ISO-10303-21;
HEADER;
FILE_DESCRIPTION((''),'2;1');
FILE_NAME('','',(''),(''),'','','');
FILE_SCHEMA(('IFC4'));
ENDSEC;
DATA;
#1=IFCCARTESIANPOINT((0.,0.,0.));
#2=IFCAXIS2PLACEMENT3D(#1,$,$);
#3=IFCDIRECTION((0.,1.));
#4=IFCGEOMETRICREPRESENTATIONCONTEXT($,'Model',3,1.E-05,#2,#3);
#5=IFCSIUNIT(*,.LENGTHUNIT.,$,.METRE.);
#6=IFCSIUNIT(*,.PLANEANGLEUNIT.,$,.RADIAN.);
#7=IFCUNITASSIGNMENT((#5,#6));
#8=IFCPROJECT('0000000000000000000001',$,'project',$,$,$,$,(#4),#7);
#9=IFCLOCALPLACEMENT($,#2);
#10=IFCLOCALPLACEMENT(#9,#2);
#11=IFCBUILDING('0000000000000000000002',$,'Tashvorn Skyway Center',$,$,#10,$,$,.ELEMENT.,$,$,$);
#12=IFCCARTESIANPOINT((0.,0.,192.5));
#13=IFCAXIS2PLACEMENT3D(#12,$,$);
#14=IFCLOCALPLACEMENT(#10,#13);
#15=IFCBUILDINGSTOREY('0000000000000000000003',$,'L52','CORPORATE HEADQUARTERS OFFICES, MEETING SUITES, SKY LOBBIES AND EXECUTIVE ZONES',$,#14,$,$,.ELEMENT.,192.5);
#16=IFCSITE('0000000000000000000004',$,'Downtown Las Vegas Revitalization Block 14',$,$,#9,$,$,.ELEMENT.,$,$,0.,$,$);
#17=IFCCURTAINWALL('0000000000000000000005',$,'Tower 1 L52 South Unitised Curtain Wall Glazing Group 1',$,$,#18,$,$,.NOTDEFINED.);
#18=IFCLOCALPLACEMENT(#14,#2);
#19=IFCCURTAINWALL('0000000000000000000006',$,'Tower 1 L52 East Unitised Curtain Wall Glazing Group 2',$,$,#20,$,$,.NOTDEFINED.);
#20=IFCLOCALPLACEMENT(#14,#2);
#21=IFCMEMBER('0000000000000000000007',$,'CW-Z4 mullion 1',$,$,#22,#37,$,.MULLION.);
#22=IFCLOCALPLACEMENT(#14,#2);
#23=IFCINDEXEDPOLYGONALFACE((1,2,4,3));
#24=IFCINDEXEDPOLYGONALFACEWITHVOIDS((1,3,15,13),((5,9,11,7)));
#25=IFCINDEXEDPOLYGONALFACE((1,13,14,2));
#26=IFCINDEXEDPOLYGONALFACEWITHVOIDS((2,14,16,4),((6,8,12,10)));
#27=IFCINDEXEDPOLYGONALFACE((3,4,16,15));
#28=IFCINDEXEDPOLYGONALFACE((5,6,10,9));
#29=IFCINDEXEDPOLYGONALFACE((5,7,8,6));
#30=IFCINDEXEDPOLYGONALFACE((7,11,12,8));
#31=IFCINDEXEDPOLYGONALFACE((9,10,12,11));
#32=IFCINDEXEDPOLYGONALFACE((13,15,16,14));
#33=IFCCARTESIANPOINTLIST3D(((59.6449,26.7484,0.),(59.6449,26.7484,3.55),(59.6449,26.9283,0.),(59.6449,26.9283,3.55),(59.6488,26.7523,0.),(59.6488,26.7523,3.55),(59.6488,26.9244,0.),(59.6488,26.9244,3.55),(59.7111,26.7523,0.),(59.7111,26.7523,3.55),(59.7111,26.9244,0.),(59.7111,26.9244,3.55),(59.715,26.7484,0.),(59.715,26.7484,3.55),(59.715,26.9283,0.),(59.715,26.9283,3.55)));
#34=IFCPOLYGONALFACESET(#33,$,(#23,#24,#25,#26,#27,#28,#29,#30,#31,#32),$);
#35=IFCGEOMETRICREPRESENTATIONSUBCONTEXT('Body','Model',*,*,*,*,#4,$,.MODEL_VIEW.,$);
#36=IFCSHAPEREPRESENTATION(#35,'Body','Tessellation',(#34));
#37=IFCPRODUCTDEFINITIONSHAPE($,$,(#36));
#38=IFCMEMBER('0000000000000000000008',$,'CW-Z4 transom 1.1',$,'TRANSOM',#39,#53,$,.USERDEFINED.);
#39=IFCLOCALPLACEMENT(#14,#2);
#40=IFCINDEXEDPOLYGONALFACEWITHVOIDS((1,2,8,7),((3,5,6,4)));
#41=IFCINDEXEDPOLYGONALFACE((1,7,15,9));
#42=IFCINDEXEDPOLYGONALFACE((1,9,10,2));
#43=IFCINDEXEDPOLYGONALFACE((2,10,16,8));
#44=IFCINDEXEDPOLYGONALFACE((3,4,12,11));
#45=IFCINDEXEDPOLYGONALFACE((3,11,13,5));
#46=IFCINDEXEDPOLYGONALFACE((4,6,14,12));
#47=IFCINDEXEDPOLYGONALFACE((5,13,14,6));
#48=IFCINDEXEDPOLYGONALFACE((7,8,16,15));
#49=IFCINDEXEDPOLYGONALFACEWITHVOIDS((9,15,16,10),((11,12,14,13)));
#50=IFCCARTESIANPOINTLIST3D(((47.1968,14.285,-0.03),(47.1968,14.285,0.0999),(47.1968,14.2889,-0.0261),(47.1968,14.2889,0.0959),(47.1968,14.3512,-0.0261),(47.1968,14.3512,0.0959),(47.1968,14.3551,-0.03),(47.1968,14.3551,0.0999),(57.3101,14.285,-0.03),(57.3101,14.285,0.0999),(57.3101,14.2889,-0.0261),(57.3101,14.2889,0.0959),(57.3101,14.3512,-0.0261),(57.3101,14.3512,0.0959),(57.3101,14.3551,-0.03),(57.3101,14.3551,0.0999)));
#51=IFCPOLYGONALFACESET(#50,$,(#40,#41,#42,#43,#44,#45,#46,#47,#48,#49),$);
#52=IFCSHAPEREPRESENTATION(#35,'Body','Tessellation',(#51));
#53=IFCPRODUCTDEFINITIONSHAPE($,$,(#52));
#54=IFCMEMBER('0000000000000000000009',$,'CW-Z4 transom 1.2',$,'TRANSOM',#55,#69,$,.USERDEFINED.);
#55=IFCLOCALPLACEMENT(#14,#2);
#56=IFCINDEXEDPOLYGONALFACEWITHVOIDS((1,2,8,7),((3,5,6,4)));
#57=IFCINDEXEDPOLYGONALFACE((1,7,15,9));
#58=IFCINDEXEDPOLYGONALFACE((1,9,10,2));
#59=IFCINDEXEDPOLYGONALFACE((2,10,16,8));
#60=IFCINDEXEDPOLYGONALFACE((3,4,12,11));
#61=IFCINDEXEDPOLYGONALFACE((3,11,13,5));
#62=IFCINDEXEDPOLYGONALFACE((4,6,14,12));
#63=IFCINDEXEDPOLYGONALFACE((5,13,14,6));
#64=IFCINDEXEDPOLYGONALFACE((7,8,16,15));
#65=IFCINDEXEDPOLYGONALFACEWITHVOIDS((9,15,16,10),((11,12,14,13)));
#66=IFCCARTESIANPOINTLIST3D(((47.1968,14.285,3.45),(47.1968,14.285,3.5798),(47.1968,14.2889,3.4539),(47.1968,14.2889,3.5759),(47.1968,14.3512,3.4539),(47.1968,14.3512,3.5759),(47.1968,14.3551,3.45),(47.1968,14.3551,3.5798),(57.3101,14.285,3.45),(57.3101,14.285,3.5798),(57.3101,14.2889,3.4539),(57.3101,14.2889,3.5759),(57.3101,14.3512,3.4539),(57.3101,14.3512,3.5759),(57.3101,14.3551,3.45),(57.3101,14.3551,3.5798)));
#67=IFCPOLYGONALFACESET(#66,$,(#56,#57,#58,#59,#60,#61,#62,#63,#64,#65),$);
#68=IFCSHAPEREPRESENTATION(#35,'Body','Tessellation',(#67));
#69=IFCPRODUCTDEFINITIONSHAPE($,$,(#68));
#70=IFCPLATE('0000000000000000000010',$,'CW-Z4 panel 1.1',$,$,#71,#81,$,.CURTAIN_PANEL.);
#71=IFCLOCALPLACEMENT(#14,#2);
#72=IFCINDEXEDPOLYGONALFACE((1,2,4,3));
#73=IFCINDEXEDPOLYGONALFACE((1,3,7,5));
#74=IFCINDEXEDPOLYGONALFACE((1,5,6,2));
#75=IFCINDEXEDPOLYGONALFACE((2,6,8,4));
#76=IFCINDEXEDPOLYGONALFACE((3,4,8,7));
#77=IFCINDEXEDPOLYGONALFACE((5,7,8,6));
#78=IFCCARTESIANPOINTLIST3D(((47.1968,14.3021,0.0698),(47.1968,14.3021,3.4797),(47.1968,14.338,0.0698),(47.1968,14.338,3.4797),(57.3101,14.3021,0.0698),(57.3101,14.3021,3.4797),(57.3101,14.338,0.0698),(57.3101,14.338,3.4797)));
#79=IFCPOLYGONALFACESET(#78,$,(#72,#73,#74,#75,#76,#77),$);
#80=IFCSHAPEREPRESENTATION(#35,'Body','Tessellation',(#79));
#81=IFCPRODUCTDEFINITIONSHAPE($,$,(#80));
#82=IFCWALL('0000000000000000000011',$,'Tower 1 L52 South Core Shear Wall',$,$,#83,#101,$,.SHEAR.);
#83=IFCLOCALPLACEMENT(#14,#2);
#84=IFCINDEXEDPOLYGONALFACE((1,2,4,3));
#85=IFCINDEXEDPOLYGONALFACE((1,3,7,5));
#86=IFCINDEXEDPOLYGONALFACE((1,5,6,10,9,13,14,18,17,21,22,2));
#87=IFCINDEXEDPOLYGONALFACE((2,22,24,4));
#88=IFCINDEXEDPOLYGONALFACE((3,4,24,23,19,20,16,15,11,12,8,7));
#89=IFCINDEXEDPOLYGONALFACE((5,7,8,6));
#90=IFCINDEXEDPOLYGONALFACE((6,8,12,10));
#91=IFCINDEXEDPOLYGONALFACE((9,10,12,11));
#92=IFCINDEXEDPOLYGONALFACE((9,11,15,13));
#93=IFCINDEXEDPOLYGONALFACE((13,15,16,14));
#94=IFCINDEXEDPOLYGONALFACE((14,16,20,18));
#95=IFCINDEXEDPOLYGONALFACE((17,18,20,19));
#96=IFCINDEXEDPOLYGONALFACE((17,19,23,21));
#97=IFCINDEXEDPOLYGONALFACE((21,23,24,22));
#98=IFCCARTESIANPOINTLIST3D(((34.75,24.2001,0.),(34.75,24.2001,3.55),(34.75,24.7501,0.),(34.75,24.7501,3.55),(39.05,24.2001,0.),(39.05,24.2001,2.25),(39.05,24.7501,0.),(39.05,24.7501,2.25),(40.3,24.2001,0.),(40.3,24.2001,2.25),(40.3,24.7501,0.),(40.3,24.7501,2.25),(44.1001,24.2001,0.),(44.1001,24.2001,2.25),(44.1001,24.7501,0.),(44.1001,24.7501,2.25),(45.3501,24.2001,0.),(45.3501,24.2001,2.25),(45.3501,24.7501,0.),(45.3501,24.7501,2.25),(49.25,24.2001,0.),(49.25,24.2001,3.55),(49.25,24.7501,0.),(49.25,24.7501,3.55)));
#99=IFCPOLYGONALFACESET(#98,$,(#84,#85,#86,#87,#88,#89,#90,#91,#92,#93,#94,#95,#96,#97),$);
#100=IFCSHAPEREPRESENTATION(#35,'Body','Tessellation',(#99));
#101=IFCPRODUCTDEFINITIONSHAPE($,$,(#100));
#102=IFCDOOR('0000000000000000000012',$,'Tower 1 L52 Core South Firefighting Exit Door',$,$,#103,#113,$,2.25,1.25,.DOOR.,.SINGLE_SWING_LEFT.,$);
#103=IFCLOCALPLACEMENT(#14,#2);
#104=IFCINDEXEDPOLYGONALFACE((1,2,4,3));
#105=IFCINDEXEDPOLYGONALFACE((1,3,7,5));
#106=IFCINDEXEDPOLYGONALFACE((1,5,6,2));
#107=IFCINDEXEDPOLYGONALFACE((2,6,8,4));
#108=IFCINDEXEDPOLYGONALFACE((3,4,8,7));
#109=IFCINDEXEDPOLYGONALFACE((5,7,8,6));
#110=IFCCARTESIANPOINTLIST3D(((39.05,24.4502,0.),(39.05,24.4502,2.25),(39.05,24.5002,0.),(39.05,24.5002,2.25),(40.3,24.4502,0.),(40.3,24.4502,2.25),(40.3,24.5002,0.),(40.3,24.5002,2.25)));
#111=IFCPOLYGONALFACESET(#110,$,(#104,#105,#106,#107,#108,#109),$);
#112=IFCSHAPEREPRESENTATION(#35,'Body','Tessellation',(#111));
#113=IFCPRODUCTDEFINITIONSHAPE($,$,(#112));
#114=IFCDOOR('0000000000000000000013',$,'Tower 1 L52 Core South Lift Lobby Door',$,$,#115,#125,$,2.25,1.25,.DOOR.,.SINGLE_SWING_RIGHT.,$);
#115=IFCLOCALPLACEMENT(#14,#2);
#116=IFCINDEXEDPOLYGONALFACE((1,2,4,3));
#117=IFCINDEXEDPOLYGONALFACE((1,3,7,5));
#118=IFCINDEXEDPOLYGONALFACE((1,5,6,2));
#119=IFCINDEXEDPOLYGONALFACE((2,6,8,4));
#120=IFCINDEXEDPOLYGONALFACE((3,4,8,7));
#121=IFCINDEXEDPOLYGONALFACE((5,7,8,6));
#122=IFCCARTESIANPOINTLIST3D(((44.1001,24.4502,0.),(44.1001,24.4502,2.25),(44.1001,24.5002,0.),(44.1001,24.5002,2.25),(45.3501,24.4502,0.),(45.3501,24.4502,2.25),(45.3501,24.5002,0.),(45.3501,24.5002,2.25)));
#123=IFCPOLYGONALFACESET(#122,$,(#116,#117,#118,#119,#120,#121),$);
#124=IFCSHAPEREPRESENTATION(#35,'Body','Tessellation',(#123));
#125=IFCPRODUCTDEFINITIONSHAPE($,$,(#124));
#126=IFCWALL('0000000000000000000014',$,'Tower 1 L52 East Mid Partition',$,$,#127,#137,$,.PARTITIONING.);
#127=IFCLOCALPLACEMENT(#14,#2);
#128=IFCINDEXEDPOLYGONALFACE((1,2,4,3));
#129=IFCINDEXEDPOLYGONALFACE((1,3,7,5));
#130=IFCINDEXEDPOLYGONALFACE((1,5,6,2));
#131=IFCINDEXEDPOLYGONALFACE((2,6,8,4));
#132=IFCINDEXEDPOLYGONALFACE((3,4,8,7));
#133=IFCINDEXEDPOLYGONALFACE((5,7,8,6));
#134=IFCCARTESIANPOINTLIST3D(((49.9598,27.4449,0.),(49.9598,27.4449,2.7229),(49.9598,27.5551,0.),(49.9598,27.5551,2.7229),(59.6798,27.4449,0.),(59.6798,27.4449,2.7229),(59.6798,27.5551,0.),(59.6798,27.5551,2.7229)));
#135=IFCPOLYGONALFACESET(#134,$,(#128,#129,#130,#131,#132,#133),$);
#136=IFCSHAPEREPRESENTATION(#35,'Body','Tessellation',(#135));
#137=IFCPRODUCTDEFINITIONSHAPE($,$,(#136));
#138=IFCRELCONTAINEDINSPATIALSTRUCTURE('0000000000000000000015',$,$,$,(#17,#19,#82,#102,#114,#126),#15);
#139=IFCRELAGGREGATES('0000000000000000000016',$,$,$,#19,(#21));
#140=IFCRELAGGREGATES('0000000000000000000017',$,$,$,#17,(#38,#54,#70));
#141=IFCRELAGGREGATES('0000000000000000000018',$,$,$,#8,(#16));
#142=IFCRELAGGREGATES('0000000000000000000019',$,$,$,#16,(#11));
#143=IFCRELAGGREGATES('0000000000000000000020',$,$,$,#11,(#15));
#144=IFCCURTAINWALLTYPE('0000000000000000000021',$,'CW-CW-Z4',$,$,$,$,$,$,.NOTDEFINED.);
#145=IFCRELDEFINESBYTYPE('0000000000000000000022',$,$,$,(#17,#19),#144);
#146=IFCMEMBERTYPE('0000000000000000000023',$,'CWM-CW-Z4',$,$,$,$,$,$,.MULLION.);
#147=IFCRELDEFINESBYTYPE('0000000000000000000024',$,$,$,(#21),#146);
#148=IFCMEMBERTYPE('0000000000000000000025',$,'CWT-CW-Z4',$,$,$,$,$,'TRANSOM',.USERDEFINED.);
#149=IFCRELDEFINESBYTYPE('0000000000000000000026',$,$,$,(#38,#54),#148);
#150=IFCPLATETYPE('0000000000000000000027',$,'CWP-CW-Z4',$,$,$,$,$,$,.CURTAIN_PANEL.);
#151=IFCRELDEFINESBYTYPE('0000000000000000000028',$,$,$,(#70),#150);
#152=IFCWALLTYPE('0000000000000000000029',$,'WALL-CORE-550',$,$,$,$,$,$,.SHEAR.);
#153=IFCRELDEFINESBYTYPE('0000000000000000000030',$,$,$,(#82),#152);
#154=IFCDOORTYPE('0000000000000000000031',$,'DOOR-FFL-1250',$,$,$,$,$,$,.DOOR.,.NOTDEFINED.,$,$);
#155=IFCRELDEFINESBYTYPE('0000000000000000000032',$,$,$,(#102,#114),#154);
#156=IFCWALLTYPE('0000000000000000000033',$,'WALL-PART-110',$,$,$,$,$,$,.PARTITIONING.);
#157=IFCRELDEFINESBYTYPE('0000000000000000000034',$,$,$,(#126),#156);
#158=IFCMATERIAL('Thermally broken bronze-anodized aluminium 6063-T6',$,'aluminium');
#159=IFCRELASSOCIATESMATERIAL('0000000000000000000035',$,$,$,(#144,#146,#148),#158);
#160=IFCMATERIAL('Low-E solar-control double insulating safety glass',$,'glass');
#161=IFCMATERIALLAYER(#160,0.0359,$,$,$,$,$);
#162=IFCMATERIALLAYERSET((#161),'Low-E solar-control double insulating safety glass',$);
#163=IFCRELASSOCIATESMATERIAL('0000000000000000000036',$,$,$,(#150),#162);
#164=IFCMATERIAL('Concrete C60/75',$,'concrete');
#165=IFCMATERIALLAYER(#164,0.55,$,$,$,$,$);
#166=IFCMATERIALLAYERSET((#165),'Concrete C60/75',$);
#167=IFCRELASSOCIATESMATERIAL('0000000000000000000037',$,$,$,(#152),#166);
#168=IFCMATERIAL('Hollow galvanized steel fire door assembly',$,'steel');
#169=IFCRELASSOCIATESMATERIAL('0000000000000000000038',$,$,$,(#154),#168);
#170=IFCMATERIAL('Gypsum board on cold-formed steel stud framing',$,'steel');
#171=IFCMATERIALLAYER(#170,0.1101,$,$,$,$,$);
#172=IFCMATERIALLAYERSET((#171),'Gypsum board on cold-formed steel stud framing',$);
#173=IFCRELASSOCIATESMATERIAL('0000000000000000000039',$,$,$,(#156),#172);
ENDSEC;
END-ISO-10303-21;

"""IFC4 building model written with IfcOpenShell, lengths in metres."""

from ifc_helpers import new_model, si_unit, direction, frame, frame_2d, origin, origin_2d, place, context, subcontext, project, spatial, rectangle, hollow_rectangle, extrude, material, layer, layer_set, material_profile, profile_set, type_object, element, fill, aggregate, save


model = new_model("IFC4")

# Units and contexts
model_context = context("Model", 3, precision=1e-05, world=origin(), true_north=direction((0.0, 1.0)))
body_context = subcontext(model_context, "Body", "Model", "MODEL_VIEW")
ifc_project = project(units=[si_unit("LENGTHUNIT", "METRE"), si_unit("PLANEANGLEUNIT", "RADIAN")], contexts=[model_context])

# Site, building, storey
site_placement = place(None, origin())
site = spatial("IfcSite", under=ifc_project, at=site_placement, Name="Downtown Las Vegas Revitalization Block 14", CompositionType="ELEMENT", RefElevation=0.0)
building_placement = place(site_placement, origin())
building = spatial("IfcBuilding", under=site, at=building_placement, Name="Tashvorn Skyway Center", CompositionType="ELEMENT")
storey_placement = place(building_placement, frame((0.0, 0.0, 192.5)))
storey = spatial("IfcBuildingStorey", under=building, at=storey_placement, Name="L52", Description="CORPORATE HEADQUARTERS OFFICES, MEETING SUITES, SKY LOBBIES AND EXECUTIVE ZONES", CompositionType="ELEMENT", Elevation=192.5)

# Curtain walls, member
ifc_material_1 = material(Name="Thermally broken bronze-anodized aluminium 6063-T6", Category="aluminium")
curtain_wall_type = type_object("IfcCurtainWallType", Name="CW-CW-Z4", PredefinedType="NOTDEFINED", material=ifc_material_1)
curtain_wall_1_placement = place(storey_placement, origin())
curtain_wall_1 = element("IfcCurtainWall", 1, at=curtain_wall_1_placement, inside=storey, type_object=curtain_wall_type, Name="Tower 1 L52 South Unitised Curtain Wall Glazing Group 1", PredefinedType="NOTDEFINED")
ifc_material_profile_1 = material_profile(ifc_material_1, hollow_rectangle(XDim=0.0701, YDim=0.1799, WallThickness=0.0039, at=origin_2d()), Name="ALU-MULL-70x180")
ifc_profile_set_1 = profile_set([ifc_material_profile_1], Name="Thermally broken bronze-anodized aluminium 6063-T6")
member_type_1 = type_object("IfcMemberType", Name="CWM-CW-Z4", PredefinedType="MULLION", material=ifc_profile_set_1)
curtain_wall_2_placement = place(storey_placement, origin())
curtain_wall_2 = element("IfcCurtainWall", 2, at=curtain_wall_2_placement, inside=storey, type_object=curtain_wall_type, Name="Tower 1 L52 East Unitised Curtain Wall Glazing Group 2", PredefinedType="NOTDEFINED")
member_1_placement = place(storey_placement, frame((59.6799, 26.8384, 0.0), z_axis=(0.0, 0.0, 1.0), x_axis=(1.0, 0.0, 0.0)))
member_1 = element("IfcMember", 3, at=member_1_placement, type_object=member_type_1, Name="CW-Z4 mullion 1", PredefinedType="MULLION", context=body_context, shape_type="SweptSolid", body=[
    extrude(hollow_rectangle(XDim=0.0701, YDim=0.1799, WallThickness=0.0039, at=origin_2d()), origin(), (0.0, 0.0, 1.0), 3.55),
])
aggregate(curtain_wall_2, [member_1])

# Members
ifc_material_profile_2 = material_profile(ifc_material_1, hollow_rectangle(XDim=0.0701, YDim=0.1299, WallThickness=0.0039, at=origin_2d()), Name="ALU-TRAN-70x130")
ifc_profile_set_2 = profile_set([ifc_material_profile_2], Name="Thermally broken bronze-anodized aluminium 6063-T6")
member_type_2 = type_object("IfcMemberType", Name="CWT-CW-Z4", ElementType="TRANSOM", PredefinedType="USERDEFINED", material=ifc_profile_set_2)
member_2_placement = place(storey_placement, frame((57.3101, 14.3201, 0.0349), z_axis=(-1.0, 0.0, 0.0), x_axis=(0.0, -1.0, 0.0)))
member_2 = element("IfcMember", 4, at=member_2_placement, type_object=member_type_2, Name="CW-Z4 transom 1.1", ObjectType="TRANSOM", PredefinedType="USERDEFINED", context=body_context, shape_type="SweptSolid", body=[
    extrude(hollow_rectangle(XDim=0.0701, YDim=0.1299, WallThickness=0.0039, at=origin_2d()), origin(), (0.0, 0.0, 1.0), 10.1133),
])
member_3_placement = place(storey_placement, frame((57.3101, 14.3201, 3.5149), z_axis=(-1.0, 0.0, 0.0), x_axis=(0.0, -1.0, 0.0)))
member_3 = element("IfcMember", 5, at=member_3_placement, type_object=member_type_2, Name="CW-Z4 transom 1.2", ObjectType="TRANSOM", PredefinedType="USERDEFINED", context=body_context, shape_type="SweptSolid", body=[
    extrude(hollow_rectangle(XDim=0.0701, YDim=0.1299, WallThickness=0.0039, at=origin_2d()), origin(), (0.0, 0.0, 1.0), 10.1133),
])

# Plate
ifc_material_2 = material(Name="Low-E solar-control double insulating safety glass", Category="glass")
ifc_layer_1 = layer(ifc_material_2, 0.0359)
ifc_layer_set_1 = layer_set([ifc_layer_1], Name="Low-E solar-control double insulating safety glass")
plate_type = type_object("IfcPlateType", Name="CWP-CW-Z4", PredefinedType="CURTAIN_PANEL", material=ifc_layer_set_1)
plate_placement = place(storey_placement, frame((52.2534, 14.3201, 0.0698), z_axis=(0.0, 0.0, 1.0), x_axis=(-1.0, 0.0, 0.0)))
plate = element("IfcPlate", 6, at=plate_placement, type_object=plate_type, Name="CW-Z4 panel 1.1", PredefinedType="CURTAIN_PANEL", context=body_context, shape_type="SweptSolid", body=[
    extrude(rectangle(XDim=10.1133, YDim=0.0359, at=origin_2d()), origin(), (0.0, 0.0, 1.0), 3.4099),
])
aggregate(curtain_wall_1, [member_2, member_3, plate])

# Wall, openings, doors
ifc_material_3 = material(Name="Concrete C60/75", Category="concrete")
ifc_layer_2 = layer(ifc_material_3, 0.55)
ifc_layer_set_2 = layer_set([ifc_layer_2], Name="Concrete C60/75")
wall_type_1 = type_object("IfcWallType", Name="WALL-CORE-550", PredefinedType="SHEAR", material=ifc_layer_set_2)
wall_1_placement = place(storey_placement, frame((49.25, 24.4751, 0.0), z_axis=(0.0, 0.0, 1.0), x_axis=(-1.0, 0.0, 0.0)))
wall_1 = element("IfcWall", 7, at=wall_1_placement, inside=storey, type_object=wall_type_1, Name="Tower 1 L52 South Core Shear Wall", PredefinedType="SHEAR", context=body_context, shape_type="SweptSolid", body=[
    extrude(rectangle(XDim=14.5, YDim=0.55, at=frame_2d((7.25, 0.0))), origin(), (0.0, 0.0, 1.0), 3.55),
])
opening_1_placement = place(wall_1_placement, frame((8.95, 0.0, 0.0)))
opening_1 = element("IfcOpeningElement", 8, at=opening_1_placement, cuts=wall_1, PredefinedType="OPENING", context=body_context, shape_type="SweptSolid", body=[
    extrude(rectangle(XDim=1.25, YDim=2.25, at=frame_2d((0.625, 1.125))), frame((0.0, 0.2849, 0.0), z_axis=(0.0, -1.0, 0.0), x_axis=(1.0, 0.0, 0.0)), (0.0, 0.0, 1.0), 0.5701),
])
opening_2_placement = place(wall_1_placement, frame((3.8999, 0.0, 0.0)))
opening_2 = element("IfcOpeningElement", 9, at=opening_2_placement, cuts=wall_1, PredefinedType="OPENING", context=body_context, shape_type="SweptSolid", body=[
    extrude(rectangle(XDim=1.25, YDim=2.25, at=frame_2d((0.625, 1.125))), frame((0.0, 0.2849, 0.0), z_axis=(0.0, -1.0, 0.0), x_axis=(1.0, 0.0, 0.0)), (0.0, 0.0, 1.0), 0.5701),
])
ifc_material_4 = material(Name="Hollow galvanized steel fire door assembly", Category="steel")
door_type_1 = type_object("IfcDoorType", Name="DOOR-FFL-1250", OperationType="NOTDEFINED", PredefinedType="DOOR", material=ifc_material_4)
door_1_placement = place(opening_1_placement, origin())
door_1 = element("IfcDoor", 10, at=door_1_placement, inside=storey, type_object=door_type_1, Name="Tower 1 L52 Core South Firefighting Exit Door", OperationType="SINGLE_SWING_LEFT", OverallHeight=2.25, OverallWidth=1.25, PredefinedType="DOOR", context=body_context, shape_type="SweptSolid", body=[
    extrude(rectangle(XDim=1.25, YDim=2.25, at=frame_2d((0.625, 1.125))), frame((0.0, 0.0249, 0.0), z_axis=(0.0, -1.0, 0.0), x_axis=(1.0, 0.0, 0.0)), (0.0, 0.0, 1.0), 0.05),
])
fill(opening_1, door_1)
door_2_placement = place(opening_2_placement, origin())
door_2 = element("IfcDoor", 11, at=door_2_placement, inside=storey, type_object=door_type_1, Name="Tower 1 L52 Core South Lift Lobby Door", OperationType="SINGLE_SWING_RIGHT", OverallHeight=2.25, OverallWidth=1.25, PredefinedType="DOOR", context=body_context, shape_type="SweptSolid", body=[
    extrude(rectangle(XDim=1.25, YDim=2.25, at=frame_2d((0.625, 1.125))), frame((0.0, 0.0249, 0.0), z_axis=(0.0, -1.0, 0.0), x_axis=(1.0, 0.0, 0.0)), (0.0, 0.0, 1.0), 0.05),
])
fill(opening_2, door_2)

# Wall
ifc_material_5 = material(Name="Gypsum board on cold-formed steel stud framing", Category="steel")
ifc_layer_3 = layer(ifc_material_5, 0.1101)
ifc_layer_set_3 = layer_set([ifc_layer_3], Name="Gypsum board on cold-formed steel stud framing")
wall_type_2 = type_object("IfcWallType", Name="WALL-PART-110", PredefinedType="PARTITIONING", material=ifc_layer_set_3)
wall_2_placement = place(storey_placement, frame((49.96, 27.5, 0.0), z_axis=(0.0, 0.0, 1.0), x_axis=(1.0, 0.0, 0.0)))
element("IfcWall", 12, at=wall_2_placement, inside=storey, type_object=wall_type_2, Name="Tower 1 L52 East Mid Partition", PredefinedType="PARTITIONING", context=body_context, shape_type="SweptSolid", body=[
    extrude(rectangle(XDim=9.72, YDim=0.1101, at=frame_2d((4.8599, 0.0))), origin(), (0.0, 0.0, 1.0), 2.7229),
])

save(model, "model.ifc")
